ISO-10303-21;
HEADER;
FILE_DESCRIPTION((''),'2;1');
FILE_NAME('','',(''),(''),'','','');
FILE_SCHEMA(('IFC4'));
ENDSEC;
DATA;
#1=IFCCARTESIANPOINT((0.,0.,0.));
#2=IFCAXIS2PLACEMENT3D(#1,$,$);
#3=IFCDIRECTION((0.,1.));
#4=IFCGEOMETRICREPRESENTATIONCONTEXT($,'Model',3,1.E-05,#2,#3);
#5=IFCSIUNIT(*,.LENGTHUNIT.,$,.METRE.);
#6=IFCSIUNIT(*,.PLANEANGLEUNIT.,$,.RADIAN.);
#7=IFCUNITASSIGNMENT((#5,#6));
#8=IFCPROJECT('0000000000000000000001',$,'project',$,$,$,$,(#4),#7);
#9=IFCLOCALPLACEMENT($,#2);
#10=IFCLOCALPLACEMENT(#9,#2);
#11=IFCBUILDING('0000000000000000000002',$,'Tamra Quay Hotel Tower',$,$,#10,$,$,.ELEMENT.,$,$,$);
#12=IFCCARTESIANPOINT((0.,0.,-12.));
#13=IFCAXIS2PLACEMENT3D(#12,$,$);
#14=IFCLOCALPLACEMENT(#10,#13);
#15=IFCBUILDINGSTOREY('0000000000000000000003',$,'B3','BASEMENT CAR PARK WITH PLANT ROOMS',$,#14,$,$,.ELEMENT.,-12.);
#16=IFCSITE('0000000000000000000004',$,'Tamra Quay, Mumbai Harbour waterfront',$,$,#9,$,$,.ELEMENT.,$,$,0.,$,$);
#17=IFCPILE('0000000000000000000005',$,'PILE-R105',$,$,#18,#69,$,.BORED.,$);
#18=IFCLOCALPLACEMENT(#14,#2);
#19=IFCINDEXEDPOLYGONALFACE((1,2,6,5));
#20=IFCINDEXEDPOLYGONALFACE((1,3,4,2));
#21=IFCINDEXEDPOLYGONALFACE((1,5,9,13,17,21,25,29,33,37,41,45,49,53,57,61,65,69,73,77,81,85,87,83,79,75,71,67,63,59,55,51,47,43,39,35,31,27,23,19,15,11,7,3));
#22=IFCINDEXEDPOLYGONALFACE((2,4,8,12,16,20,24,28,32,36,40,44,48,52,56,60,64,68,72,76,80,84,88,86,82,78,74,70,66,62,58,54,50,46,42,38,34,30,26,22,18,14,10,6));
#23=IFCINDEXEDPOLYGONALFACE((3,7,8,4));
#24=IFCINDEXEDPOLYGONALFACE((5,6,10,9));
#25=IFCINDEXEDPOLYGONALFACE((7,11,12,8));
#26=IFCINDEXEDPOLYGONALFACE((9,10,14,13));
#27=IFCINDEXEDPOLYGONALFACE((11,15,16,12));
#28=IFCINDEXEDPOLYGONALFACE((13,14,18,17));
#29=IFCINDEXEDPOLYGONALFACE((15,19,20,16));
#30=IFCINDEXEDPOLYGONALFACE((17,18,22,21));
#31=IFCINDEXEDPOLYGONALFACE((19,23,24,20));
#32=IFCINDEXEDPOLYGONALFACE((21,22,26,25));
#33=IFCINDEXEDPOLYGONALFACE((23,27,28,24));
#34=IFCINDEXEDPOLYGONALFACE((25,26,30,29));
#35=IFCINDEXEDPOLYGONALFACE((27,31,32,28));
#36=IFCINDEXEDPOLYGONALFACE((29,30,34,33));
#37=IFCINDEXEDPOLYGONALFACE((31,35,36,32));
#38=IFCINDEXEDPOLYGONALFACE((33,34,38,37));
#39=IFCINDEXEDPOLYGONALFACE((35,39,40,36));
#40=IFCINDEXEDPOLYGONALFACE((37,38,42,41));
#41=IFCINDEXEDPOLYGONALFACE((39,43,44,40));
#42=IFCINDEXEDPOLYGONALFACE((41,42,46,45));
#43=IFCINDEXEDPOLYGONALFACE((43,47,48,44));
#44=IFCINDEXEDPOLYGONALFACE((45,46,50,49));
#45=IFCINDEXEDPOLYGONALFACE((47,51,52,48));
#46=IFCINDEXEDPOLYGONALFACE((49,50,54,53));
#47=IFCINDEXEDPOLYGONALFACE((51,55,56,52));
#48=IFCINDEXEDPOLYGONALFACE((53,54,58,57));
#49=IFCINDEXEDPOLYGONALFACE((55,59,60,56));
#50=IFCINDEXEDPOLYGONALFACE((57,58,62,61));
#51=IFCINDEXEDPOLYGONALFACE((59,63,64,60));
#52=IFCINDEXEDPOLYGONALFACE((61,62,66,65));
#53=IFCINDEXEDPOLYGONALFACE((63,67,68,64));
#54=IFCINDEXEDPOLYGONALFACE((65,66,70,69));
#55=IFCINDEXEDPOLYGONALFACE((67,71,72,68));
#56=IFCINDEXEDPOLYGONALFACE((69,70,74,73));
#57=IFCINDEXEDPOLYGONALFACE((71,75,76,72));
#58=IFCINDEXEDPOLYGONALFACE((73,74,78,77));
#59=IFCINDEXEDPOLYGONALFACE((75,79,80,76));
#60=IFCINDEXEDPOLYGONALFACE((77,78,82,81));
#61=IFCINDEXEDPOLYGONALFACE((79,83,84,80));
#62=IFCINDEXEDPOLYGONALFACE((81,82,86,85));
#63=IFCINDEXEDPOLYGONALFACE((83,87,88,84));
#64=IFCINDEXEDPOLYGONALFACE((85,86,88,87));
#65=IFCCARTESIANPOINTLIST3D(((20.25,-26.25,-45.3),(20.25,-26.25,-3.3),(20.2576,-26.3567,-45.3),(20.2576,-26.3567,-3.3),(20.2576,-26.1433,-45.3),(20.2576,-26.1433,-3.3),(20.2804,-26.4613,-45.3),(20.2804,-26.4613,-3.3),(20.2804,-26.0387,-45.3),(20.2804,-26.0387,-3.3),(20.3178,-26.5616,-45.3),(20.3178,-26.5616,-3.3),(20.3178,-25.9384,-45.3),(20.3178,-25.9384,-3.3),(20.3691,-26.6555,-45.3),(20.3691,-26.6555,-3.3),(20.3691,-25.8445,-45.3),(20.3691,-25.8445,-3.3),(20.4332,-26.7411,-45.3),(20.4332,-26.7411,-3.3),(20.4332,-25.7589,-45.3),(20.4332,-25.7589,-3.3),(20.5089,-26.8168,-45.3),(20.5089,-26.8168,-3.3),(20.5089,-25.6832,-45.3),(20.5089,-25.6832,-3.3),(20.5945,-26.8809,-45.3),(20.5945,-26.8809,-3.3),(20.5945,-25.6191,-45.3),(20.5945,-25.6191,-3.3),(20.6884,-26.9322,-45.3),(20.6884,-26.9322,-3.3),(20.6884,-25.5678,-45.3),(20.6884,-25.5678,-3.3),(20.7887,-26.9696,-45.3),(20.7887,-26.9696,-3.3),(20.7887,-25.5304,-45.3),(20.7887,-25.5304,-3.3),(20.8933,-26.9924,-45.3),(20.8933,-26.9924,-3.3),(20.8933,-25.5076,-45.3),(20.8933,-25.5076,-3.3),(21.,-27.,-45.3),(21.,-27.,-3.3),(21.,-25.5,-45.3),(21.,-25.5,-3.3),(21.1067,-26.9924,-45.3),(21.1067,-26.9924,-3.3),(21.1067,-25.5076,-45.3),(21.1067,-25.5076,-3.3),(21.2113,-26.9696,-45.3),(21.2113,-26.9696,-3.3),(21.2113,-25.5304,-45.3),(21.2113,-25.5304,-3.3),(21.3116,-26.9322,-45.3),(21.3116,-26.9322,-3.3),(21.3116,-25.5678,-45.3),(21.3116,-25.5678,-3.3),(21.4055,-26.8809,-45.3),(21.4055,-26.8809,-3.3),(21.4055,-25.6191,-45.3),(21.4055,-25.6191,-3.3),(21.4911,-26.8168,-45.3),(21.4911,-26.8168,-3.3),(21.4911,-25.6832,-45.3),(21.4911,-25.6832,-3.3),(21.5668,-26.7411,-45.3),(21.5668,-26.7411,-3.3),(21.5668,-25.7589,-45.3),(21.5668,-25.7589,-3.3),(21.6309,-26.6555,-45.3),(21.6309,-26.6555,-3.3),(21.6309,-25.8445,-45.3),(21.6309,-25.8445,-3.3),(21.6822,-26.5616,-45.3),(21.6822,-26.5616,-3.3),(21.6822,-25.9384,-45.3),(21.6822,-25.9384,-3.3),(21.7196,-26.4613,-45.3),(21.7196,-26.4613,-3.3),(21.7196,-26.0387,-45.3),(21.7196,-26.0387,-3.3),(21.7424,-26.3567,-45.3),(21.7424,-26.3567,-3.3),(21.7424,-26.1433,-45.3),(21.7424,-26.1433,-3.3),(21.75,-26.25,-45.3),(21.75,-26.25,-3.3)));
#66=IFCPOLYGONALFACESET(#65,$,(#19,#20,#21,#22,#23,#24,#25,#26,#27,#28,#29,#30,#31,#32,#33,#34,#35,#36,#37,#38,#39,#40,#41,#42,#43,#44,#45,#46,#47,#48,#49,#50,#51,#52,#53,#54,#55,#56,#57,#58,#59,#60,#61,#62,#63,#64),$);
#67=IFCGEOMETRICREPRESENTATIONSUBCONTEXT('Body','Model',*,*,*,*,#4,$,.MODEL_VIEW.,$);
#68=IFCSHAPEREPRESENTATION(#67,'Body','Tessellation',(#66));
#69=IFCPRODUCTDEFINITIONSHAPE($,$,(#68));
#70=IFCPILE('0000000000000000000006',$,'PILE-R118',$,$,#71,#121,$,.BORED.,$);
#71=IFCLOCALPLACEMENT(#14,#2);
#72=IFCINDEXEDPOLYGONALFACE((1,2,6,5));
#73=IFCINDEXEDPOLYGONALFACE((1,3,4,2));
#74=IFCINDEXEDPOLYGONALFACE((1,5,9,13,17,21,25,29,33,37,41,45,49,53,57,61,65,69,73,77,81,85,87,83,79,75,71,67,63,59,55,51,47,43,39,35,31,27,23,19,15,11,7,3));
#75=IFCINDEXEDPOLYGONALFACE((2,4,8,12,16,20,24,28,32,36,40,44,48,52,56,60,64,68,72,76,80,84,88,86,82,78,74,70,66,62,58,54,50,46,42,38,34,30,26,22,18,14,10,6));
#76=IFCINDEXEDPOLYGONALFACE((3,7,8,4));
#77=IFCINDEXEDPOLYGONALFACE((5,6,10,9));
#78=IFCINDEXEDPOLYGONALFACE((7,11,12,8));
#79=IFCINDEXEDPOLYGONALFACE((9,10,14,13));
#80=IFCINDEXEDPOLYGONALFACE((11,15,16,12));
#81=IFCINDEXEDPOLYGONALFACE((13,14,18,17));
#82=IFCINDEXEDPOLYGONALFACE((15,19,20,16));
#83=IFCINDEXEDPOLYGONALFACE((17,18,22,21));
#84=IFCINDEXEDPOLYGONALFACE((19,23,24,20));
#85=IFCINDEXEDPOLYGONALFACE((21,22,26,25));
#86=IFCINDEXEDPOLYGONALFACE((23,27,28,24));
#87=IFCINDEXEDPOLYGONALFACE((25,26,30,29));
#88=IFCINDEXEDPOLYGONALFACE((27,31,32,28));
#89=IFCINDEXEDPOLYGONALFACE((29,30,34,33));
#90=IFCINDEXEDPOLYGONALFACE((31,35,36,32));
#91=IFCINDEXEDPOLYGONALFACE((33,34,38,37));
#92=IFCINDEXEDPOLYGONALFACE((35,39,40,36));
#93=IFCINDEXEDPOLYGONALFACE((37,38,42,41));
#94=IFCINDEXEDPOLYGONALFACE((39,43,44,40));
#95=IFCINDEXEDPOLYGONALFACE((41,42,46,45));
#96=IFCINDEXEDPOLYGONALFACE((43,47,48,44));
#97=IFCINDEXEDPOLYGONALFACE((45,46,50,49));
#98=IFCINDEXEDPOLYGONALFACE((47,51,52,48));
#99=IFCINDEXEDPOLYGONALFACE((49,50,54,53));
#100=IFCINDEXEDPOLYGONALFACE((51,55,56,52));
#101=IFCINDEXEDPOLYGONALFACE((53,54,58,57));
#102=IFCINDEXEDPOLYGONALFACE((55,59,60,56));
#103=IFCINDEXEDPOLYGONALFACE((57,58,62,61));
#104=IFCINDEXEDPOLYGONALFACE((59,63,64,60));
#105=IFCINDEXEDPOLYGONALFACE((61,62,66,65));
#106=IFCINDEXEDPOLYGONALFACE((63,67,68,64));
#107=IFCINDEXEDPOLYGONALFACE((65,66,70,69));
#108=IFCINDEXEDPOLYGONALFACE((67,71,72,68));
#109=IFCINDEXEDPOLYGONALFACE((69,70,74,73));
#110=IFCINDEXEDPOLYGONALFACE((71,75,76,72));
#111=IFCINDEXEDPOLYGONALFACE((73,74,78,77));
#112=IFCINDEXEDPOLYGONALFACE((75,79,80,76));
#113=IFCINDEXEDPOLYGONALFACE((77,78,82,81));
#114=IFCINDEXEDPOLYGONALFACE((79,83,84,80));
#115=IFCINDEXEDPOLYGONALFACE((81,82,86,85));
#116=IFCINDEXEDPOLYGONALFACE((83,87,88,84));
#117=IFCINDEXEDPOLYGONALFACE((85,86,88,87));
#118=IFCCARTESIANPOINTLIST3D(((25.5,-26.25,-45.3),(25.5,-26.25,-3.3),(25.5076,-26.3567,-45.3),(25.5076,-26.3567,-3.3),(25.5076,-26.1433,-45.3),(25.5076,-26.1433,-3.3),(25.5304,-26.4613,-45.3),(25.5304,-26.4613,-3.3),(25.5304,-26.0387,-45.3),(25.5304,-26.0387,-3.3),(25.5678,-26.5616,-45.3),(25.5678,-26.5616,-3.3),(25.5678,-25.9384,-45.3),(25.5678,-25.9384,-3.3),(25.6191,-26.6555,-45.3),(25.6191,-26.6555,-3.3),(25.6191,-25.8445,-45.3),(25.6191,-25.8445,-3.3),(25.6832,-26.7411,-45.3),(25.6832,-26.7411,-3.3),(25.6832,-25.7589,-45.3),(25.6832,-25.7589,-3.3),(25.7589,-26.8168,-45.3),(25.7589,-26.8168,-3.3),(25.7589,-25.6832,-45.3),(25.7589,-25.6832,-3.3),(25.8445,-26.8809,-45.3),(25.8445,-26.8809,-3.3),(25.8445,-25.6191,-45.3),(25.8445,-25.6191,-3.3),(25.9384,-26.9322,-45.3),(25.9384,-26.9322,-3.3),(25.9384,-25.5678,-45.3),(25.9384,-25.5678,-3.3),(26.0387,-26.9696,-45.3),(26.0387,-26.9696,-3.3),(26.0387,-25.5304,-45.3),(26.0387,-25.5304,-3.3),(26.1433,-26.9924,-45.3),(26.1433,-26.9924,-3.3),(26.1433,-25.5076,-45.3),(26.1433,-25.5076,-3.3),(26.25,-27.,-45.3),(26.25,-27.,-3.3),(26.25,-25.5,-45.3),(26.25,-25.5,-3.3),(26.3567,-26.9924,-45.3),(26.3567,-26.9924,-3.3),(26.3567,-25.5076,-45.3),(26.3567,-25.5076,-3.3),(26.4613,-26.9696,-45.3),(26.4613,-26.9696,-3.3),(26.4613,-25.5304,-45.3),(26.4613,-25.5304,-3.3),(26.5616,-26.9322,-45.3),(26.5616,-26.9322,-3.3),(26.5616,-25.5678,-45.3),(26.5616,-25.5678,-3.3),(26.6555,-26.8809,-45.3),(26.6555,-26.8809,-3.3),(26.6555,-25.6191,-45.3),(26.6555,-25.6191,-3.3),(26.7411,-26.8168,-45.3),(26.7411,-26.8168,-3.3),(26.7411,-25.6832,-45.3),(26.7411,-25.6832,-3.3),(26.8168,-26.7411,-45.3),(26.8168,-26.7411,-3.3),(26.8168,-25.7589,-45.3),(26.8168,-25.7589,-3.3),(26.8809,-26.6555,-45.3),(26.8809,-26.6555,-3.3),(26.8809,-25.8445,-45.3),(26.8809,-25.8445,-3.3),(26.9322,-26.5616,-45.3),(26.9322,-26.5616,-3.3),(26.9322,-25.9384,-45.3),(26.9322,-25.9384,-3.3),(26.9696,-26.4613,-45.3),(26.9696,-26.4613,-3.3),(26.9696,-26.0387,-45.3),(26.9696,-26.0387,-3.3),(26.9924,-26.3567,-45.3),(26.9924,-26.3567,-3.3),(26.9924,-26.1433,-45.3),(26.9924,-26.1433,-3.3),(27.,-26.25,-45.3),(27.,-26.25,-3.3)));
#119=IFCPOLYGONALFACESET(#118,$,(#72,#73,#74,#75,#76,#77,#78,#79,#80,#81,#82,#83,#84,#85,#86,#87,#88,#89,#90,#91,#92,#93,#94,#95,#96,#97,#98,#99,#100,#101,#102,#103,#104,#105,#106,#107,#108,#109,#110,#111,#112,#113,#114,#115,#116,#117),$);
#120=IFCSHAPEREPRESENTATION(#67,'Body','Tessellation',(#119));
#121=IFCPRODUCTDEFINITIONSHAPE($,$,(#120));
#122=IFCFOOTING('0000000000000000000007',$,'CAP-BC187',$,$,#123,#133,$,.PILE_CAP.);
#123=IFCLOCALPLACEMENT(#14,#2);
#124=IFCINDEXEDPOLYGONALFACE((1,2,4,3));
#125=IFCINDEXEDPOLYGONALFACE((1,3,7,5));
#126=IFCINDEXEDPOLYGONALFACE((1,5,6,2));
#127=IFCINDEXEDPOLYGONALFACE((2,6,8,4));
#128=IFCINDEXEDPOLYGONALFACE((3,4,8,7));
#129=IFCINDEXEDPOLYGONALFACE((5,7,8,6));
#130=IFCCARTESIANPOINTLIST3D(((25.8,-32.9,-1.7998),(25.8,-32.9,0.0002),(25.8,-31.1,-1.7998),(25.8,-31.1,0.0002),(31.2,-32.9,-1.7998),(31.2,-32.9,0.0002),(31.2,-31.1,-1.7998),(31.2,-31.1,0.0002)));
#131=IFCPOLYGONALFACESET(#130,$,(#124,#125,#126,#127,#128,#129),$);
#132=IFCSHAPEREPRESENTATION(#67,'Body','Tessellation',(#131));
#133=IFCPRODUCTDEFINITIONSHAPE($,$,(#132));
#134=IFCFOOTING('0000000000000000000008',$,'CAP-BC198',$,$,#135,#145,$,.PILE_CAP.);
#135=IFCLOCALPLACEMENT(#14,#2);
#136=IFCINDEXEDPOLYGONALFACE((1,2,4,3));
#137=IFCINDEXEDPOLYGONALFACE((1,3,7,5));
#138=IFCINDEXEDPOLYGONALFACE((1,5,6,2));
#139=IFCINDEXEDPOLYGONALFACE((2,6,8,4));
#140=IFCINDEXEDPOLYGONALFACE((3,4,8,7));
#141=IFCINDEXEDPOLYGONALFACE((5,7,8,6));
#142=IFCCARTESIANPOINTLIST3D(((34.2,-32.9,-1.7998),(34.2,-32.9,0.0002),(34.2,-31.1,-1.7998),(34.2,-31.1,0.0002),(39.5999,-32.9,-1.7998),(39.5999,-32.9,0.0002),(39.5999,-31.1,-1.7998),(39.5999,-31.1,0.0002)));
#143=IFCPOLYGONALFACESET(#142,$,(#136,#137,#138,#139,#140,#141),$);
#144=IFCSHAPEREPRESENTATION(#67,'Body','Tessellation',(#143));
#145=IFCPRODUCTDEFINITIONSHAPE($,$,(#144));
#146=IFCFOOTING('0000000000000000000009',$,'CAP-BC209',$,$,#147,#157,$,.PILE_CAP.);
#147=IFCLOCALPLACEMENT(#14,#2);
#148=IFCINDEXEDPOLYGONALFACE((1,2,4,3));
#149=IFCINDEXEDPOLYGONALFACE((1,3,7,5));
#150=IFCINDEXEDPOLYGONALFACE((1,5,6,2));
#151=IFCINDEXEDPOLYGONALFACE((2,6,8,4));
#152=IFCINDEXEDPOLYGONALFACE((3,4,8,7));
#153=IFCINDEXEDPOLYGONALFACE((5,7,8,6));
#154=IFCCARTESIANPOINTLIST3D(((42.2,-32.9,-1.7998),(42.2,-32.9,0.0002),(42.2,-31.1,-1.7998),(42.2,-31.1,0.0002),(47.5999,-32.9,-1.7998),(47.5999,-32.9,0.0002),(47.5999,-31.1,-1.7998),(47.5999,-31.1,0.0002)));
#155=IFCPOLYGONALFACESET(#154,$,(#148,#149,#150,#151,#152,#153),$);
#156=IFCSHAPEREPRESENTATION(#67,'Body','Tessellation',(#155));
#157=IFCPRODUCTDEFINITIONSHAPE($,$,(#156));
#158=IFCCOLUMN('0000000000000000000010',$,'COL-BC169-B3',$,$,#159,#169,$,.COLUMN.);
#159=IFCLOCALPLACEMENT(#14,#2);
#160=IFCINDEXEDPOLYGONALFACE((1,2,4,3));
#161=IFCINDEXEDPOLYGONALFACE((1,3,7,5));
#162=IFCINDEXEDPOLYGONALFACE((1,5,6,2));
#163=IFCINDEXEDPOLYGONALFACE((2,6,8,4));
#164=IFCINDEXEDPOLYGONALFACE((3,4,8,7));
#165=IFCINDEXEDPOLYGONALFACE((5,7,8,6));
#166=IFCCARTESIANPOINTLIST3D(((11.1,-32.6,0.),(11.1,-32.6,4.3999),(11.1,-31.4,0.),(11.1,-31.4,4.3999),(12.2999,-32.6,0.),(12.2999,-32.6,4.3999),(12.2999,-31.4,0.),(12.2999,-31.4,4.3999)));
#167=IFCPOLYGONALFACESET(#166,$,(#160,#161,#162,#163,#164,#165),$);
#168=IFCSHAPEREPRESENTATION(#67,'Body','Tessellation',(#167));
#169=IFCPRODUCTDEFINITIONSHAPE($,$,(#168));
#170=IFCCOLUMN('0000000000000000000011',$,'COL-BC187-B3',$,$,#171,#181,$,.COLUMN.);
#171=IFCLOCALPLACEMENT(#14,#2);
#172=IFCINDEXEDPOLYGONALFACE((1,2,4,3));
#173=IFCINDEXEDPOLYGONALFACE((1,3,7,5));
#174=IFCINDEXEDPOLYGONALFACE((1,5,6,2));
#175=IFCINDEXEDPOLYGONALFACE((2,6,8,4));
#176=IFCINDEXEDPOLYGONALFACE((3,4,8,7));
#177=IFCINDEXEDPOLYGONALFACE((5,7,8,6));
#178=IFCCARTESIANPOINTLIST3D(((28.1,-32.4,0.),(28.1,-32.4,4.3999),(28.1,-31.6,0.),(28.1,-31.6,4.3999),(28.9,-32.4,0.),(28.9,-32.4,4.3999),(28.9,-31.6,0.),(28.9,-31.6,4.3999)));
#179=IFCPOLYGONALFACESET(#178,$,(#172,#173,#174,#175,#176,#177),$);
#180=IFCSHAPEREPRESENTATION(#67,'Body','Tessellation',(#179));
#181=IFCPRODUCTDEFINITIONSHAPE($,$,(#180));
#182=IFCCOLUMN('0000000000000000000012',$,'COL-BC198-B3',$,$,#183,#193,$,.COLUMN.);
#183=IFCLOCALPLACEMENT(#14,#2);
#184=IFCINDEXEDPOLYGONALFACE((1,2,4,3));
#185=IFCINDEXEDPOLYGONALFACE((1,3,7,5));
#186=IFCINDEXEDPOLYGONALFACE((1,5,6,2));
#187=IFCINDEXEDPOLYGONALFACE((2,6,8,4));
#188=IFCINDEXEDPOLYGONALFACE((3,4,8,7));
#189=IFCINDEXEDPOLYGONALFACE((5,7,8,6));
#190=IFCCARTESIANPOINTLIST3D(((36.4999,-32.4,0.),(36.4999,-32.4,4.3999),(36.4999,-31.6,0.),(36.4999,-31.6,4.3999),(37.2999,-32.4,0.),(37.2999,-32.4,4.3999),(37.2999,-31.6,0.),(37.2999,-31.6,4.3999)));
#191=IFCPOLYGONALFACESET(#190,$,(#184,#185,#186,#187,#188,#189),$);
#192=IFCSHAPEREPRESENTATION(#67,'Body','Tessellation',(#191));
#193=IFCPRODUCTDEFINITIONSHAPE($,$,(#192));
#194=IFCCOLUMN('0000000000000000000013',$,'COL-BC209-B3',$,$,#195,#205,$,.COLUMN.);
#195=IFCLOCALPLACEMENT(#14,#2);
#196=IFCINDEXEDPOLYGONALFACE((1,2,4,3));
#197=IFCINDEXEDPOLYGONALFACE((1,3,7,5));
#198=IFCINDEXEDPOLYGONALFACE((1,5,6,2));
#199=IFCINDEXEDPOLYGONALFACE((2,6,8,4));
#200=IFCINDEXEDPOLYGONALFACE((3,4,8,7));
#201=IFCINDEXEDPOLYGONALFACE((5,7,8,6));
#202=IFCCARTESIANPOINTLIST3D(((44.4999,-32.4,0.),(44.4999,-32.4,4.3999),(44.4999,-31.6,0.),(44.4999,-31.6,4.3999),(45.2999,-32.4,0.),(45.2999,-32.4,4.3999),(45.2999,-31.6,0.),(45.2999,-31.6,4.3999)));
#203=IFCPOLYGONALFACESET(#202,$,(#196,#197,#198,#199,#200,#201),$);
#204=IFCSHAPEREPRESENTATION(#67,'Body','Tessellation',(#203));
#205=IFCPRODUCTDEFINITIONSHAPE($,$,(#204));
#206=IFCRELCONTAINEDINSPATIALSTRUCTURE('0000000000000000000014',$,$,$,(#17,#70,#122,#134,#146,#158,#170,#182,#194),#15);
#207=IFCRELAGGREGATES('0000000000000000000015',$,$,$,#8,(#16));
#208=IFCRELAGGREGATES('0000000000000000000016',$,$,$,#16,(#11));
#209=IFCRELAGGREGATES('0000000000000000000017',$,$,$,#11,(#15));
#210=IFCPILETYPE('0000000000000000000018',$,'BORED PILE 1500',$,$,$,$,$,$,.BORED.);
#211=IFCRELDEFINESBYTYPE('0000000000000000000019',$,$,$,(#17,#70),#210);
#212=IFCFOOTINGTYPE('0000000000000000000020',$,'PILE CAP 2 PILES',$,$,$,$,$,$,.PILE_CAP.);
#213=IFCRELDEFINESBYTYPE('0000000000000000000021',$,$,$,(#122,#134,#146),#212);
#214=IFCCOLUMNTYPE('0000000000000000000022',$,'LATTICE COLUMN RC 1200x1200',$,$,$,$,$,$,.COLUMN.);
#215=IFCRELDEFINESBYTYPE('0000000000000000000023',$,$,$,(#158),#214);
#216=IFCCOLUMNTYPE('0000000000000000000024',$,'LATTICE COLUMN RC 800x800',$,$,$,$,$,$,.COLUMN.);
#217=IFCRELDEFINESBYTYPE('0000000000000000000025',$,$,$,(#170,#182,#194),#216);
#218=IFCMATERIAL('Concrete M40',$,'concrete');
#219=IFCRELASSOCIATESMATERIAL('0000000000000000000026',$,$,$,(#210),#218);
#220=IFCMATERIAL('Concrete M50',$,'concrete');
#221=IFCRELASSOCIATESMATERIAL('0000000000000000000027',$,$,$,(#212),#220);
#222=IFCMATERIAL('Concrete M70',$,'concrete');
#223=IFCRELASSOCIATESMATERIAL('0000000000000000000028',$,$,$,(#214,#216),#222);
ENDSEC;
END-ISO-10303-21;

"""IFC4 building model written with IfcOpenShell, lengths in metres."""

from ifc_helpers import new_model, si_unit, direction, frame, origin, origin_2d, place, context, subcontext, project, spatial, rectangle, circle, extrude, material, material_profile, profile_set, type_object, element, save


model = new_model("IFC4")

# Units and contexts
model_context = context("Model", 3, precision=1e-05, world=origin(), true_north=direction((0.0, 1.0)))
body_context = subcontext(model_context, "Body", "Model", "MODEL_VIEW")
ifc_project = project(units=[si_unit("LENGTHUNIT", "METRE"), si_unit("PLANEANGLEUNIT", "RADIAN")], contexts=[model_context])

# Site, building, storey
site_placement = place(None, origin())
site = spatial("IfcSite", under=ifc_project, at=site_placement, Name="Tamra Quay, Mumbai Harbour waterfront", CompositionType="ELEMENT", RefElevation=0.0)
building_placement = place(site_placement, origin())
building = spatial("IfcBuilding", under=site, at=building_placement, Name="Tamra Quay Hotel Tower", CompositionType="ELEMENT")
storey_placement = place(building_placement, frame((0.0, 0.0, -12.0)))
storey = spatial("IfcBuildingStorey", under=building, at=storey_placement, Name="B3", Description="BASEMENT CAR PARK WITH PLANT ROOMS", CompositionType="ELEMENT", Elevation=-12.0)

# Piles
ifc_material_1 = material(Name="Concrete M40", Category="concrete")
ifc_material_profile_1 = material_profile(ifc_material_1, circle(Radius=0.75, at=origin_2d()), Name="BORED PILE 1500")
ifc_profile_set_1 = profile_set([ifc_material_profile_1], Name="Concrete M40")
pile_type_1 = type_object("IfcPileType", Name="BORED PILE 1500", PredefinedType="BORED", material=ifc_profile_set_1)
for number, where, z_axis, x_axis, name in (
    (1, (21.0, -26.25, -3.3), (0.0, 0.0, -1.0), (1.0, 0.0, 0.0), "PILE-R105"),
    (2, (26.25, -26.25, -3.3), (0.0, 0.0, -1.0), (1.0, 0.0, 0.0), "PILE-R118"),
):
    element("IfcPile", number, at=place(storey_placement, frame(where, z_axis=z_axis, x_axis=x_axis)), inside=storey, type_object=pile_type_1, Name=name, PredefinedType="BORED", context=body_context, shape_type="SweptSolid", body=[
        extrude(circle(Radius=0.75, at=origin_2d()), origin(), (0.0, 0.0, 1.0), 42.0),
    ])

# Footings
ifc_material_2 = material(Name="Concrete M50", Category="concrete")
footing_type = type_object("IfcFootingType", Name="PILE CAP 2 PILES", PredefinedType="PILE_CAP", material=ifc_material_2)
for number, where, z_axis, x_axis, name in (
    (3, (28.5, -32.0, -1.7998), (0.0, 0.0, 1.0), (1.0, 0.0, 0.0), "CAP-BC187"),
    (4, (36.8999, -32.0, -1.7998), (0.0, 0.0, 1.0), (1.0, 0.0, 0.0), "CAP-BC198"),
    (5, (44.8999, -32.0, -1.7998), (0.0, 0.0, 1.0), (1.0, 0.0, 0.0), "CAP-BC209"),
):
    element("IfcFooting", number, at=place(storey_placement, frame(where, z_axis=z_axis, x_axis=x_axis)), inside=storey, type_object=footing_type, Name=name, PredefinedType="PILE_CAP", context=body_context, shape_type="SweptSolid", body=[
        extrude(rectangle(XDim=5.3999, YDim=1.8, at=origin_2d()), origin(), (0.0, 0.0, 1.0), 1.8),
    ])

# Columns
ifc_material_3 = material(Name="Concrete M70", Category="concrete")
ifc_material_profile_2 = material_profile(ifc_material_3, rectangle(XDim=1.2, YDim=1.2, at=origin_2d()), Name="LATTICE COLUMN RC 1200x1200")
ifc_profile_set_2 = profile_set([ifc_material_profile_2], Name="Concrete M70")
column_type_1 = type_object("IfcColumnType", Name="LATTICE COLUMN RC 1200x1200", PredefinedType="COLUMN", material=ifc_profile_set_2)
column_1_placement = place(storey_placement, frame((11.7, -32.0, 0.0), z_axis=(0.0, 0.0, 1.0), x_axis=(1.0, 0.0, 0.0)))
element("IfcColumn", 6, at=column_1_placement, inside=storey, type_object=column_type_1, Name="COL-BC169-B3", PredefinedType="COLUMN", context=body_context, shape_type="SweptSolid", body=[
    extrude(rectangle(XDim=1.2, YDim=1.2, at=origin_2d()), origin(), (0.0, 0.0, 1.0), 4.3999),
])
ifc_material_profile_3 = material_profile(ifc_material_3, rectangle(XDim=0.8, YDim=0.8, at=origin_2d()), Name="LATTICE COLUMN RC 800x800")
ifc_profile_set_3 = profile_set([ifc_material_profile_3], Name="Concrete M70")
column_type_2 = type_object("IfcColumnType", Name="LATTICE COLUMN RC 800x800", PredefinedType="COLUMN", material=ifc_profile_set_3)
for number, where, z_axis, x_axis, name in (
    (7, (28.5, -32.0, 0.0), (0.0, 0.0, 1.0), (1.0, 0.0, 0.0), "COL-BC187-B3"),
    (8, (36.8999, -32.0, 0.0), (0.0, 0.0, 1.0), (1.0, 0.0, 0.0), "COL-BC198-B3"),
    (9, (44.8999, -32.0, 0.0), (0.0, 0.0, 1.0), (1.0, 0.0, 0.0), "COL-BC209-B3"),
):
    element("IfcColumn", number, at=place(storey_placement, frame(where, z_axis=z_axis, x_axis=x_axis)), inside=storey, type_object=column_type_2, Name=name, PredefinedType="COLUMN", context=body_context, shape_type="SweptSolid", body=[
        extrude(rectangle(XDim=0.8, YDim=0.8, at=origin_2d()), origin(), (0.0, 0.0, 1.0), 4.3999),
    ])

save(model, "model.ifc")
